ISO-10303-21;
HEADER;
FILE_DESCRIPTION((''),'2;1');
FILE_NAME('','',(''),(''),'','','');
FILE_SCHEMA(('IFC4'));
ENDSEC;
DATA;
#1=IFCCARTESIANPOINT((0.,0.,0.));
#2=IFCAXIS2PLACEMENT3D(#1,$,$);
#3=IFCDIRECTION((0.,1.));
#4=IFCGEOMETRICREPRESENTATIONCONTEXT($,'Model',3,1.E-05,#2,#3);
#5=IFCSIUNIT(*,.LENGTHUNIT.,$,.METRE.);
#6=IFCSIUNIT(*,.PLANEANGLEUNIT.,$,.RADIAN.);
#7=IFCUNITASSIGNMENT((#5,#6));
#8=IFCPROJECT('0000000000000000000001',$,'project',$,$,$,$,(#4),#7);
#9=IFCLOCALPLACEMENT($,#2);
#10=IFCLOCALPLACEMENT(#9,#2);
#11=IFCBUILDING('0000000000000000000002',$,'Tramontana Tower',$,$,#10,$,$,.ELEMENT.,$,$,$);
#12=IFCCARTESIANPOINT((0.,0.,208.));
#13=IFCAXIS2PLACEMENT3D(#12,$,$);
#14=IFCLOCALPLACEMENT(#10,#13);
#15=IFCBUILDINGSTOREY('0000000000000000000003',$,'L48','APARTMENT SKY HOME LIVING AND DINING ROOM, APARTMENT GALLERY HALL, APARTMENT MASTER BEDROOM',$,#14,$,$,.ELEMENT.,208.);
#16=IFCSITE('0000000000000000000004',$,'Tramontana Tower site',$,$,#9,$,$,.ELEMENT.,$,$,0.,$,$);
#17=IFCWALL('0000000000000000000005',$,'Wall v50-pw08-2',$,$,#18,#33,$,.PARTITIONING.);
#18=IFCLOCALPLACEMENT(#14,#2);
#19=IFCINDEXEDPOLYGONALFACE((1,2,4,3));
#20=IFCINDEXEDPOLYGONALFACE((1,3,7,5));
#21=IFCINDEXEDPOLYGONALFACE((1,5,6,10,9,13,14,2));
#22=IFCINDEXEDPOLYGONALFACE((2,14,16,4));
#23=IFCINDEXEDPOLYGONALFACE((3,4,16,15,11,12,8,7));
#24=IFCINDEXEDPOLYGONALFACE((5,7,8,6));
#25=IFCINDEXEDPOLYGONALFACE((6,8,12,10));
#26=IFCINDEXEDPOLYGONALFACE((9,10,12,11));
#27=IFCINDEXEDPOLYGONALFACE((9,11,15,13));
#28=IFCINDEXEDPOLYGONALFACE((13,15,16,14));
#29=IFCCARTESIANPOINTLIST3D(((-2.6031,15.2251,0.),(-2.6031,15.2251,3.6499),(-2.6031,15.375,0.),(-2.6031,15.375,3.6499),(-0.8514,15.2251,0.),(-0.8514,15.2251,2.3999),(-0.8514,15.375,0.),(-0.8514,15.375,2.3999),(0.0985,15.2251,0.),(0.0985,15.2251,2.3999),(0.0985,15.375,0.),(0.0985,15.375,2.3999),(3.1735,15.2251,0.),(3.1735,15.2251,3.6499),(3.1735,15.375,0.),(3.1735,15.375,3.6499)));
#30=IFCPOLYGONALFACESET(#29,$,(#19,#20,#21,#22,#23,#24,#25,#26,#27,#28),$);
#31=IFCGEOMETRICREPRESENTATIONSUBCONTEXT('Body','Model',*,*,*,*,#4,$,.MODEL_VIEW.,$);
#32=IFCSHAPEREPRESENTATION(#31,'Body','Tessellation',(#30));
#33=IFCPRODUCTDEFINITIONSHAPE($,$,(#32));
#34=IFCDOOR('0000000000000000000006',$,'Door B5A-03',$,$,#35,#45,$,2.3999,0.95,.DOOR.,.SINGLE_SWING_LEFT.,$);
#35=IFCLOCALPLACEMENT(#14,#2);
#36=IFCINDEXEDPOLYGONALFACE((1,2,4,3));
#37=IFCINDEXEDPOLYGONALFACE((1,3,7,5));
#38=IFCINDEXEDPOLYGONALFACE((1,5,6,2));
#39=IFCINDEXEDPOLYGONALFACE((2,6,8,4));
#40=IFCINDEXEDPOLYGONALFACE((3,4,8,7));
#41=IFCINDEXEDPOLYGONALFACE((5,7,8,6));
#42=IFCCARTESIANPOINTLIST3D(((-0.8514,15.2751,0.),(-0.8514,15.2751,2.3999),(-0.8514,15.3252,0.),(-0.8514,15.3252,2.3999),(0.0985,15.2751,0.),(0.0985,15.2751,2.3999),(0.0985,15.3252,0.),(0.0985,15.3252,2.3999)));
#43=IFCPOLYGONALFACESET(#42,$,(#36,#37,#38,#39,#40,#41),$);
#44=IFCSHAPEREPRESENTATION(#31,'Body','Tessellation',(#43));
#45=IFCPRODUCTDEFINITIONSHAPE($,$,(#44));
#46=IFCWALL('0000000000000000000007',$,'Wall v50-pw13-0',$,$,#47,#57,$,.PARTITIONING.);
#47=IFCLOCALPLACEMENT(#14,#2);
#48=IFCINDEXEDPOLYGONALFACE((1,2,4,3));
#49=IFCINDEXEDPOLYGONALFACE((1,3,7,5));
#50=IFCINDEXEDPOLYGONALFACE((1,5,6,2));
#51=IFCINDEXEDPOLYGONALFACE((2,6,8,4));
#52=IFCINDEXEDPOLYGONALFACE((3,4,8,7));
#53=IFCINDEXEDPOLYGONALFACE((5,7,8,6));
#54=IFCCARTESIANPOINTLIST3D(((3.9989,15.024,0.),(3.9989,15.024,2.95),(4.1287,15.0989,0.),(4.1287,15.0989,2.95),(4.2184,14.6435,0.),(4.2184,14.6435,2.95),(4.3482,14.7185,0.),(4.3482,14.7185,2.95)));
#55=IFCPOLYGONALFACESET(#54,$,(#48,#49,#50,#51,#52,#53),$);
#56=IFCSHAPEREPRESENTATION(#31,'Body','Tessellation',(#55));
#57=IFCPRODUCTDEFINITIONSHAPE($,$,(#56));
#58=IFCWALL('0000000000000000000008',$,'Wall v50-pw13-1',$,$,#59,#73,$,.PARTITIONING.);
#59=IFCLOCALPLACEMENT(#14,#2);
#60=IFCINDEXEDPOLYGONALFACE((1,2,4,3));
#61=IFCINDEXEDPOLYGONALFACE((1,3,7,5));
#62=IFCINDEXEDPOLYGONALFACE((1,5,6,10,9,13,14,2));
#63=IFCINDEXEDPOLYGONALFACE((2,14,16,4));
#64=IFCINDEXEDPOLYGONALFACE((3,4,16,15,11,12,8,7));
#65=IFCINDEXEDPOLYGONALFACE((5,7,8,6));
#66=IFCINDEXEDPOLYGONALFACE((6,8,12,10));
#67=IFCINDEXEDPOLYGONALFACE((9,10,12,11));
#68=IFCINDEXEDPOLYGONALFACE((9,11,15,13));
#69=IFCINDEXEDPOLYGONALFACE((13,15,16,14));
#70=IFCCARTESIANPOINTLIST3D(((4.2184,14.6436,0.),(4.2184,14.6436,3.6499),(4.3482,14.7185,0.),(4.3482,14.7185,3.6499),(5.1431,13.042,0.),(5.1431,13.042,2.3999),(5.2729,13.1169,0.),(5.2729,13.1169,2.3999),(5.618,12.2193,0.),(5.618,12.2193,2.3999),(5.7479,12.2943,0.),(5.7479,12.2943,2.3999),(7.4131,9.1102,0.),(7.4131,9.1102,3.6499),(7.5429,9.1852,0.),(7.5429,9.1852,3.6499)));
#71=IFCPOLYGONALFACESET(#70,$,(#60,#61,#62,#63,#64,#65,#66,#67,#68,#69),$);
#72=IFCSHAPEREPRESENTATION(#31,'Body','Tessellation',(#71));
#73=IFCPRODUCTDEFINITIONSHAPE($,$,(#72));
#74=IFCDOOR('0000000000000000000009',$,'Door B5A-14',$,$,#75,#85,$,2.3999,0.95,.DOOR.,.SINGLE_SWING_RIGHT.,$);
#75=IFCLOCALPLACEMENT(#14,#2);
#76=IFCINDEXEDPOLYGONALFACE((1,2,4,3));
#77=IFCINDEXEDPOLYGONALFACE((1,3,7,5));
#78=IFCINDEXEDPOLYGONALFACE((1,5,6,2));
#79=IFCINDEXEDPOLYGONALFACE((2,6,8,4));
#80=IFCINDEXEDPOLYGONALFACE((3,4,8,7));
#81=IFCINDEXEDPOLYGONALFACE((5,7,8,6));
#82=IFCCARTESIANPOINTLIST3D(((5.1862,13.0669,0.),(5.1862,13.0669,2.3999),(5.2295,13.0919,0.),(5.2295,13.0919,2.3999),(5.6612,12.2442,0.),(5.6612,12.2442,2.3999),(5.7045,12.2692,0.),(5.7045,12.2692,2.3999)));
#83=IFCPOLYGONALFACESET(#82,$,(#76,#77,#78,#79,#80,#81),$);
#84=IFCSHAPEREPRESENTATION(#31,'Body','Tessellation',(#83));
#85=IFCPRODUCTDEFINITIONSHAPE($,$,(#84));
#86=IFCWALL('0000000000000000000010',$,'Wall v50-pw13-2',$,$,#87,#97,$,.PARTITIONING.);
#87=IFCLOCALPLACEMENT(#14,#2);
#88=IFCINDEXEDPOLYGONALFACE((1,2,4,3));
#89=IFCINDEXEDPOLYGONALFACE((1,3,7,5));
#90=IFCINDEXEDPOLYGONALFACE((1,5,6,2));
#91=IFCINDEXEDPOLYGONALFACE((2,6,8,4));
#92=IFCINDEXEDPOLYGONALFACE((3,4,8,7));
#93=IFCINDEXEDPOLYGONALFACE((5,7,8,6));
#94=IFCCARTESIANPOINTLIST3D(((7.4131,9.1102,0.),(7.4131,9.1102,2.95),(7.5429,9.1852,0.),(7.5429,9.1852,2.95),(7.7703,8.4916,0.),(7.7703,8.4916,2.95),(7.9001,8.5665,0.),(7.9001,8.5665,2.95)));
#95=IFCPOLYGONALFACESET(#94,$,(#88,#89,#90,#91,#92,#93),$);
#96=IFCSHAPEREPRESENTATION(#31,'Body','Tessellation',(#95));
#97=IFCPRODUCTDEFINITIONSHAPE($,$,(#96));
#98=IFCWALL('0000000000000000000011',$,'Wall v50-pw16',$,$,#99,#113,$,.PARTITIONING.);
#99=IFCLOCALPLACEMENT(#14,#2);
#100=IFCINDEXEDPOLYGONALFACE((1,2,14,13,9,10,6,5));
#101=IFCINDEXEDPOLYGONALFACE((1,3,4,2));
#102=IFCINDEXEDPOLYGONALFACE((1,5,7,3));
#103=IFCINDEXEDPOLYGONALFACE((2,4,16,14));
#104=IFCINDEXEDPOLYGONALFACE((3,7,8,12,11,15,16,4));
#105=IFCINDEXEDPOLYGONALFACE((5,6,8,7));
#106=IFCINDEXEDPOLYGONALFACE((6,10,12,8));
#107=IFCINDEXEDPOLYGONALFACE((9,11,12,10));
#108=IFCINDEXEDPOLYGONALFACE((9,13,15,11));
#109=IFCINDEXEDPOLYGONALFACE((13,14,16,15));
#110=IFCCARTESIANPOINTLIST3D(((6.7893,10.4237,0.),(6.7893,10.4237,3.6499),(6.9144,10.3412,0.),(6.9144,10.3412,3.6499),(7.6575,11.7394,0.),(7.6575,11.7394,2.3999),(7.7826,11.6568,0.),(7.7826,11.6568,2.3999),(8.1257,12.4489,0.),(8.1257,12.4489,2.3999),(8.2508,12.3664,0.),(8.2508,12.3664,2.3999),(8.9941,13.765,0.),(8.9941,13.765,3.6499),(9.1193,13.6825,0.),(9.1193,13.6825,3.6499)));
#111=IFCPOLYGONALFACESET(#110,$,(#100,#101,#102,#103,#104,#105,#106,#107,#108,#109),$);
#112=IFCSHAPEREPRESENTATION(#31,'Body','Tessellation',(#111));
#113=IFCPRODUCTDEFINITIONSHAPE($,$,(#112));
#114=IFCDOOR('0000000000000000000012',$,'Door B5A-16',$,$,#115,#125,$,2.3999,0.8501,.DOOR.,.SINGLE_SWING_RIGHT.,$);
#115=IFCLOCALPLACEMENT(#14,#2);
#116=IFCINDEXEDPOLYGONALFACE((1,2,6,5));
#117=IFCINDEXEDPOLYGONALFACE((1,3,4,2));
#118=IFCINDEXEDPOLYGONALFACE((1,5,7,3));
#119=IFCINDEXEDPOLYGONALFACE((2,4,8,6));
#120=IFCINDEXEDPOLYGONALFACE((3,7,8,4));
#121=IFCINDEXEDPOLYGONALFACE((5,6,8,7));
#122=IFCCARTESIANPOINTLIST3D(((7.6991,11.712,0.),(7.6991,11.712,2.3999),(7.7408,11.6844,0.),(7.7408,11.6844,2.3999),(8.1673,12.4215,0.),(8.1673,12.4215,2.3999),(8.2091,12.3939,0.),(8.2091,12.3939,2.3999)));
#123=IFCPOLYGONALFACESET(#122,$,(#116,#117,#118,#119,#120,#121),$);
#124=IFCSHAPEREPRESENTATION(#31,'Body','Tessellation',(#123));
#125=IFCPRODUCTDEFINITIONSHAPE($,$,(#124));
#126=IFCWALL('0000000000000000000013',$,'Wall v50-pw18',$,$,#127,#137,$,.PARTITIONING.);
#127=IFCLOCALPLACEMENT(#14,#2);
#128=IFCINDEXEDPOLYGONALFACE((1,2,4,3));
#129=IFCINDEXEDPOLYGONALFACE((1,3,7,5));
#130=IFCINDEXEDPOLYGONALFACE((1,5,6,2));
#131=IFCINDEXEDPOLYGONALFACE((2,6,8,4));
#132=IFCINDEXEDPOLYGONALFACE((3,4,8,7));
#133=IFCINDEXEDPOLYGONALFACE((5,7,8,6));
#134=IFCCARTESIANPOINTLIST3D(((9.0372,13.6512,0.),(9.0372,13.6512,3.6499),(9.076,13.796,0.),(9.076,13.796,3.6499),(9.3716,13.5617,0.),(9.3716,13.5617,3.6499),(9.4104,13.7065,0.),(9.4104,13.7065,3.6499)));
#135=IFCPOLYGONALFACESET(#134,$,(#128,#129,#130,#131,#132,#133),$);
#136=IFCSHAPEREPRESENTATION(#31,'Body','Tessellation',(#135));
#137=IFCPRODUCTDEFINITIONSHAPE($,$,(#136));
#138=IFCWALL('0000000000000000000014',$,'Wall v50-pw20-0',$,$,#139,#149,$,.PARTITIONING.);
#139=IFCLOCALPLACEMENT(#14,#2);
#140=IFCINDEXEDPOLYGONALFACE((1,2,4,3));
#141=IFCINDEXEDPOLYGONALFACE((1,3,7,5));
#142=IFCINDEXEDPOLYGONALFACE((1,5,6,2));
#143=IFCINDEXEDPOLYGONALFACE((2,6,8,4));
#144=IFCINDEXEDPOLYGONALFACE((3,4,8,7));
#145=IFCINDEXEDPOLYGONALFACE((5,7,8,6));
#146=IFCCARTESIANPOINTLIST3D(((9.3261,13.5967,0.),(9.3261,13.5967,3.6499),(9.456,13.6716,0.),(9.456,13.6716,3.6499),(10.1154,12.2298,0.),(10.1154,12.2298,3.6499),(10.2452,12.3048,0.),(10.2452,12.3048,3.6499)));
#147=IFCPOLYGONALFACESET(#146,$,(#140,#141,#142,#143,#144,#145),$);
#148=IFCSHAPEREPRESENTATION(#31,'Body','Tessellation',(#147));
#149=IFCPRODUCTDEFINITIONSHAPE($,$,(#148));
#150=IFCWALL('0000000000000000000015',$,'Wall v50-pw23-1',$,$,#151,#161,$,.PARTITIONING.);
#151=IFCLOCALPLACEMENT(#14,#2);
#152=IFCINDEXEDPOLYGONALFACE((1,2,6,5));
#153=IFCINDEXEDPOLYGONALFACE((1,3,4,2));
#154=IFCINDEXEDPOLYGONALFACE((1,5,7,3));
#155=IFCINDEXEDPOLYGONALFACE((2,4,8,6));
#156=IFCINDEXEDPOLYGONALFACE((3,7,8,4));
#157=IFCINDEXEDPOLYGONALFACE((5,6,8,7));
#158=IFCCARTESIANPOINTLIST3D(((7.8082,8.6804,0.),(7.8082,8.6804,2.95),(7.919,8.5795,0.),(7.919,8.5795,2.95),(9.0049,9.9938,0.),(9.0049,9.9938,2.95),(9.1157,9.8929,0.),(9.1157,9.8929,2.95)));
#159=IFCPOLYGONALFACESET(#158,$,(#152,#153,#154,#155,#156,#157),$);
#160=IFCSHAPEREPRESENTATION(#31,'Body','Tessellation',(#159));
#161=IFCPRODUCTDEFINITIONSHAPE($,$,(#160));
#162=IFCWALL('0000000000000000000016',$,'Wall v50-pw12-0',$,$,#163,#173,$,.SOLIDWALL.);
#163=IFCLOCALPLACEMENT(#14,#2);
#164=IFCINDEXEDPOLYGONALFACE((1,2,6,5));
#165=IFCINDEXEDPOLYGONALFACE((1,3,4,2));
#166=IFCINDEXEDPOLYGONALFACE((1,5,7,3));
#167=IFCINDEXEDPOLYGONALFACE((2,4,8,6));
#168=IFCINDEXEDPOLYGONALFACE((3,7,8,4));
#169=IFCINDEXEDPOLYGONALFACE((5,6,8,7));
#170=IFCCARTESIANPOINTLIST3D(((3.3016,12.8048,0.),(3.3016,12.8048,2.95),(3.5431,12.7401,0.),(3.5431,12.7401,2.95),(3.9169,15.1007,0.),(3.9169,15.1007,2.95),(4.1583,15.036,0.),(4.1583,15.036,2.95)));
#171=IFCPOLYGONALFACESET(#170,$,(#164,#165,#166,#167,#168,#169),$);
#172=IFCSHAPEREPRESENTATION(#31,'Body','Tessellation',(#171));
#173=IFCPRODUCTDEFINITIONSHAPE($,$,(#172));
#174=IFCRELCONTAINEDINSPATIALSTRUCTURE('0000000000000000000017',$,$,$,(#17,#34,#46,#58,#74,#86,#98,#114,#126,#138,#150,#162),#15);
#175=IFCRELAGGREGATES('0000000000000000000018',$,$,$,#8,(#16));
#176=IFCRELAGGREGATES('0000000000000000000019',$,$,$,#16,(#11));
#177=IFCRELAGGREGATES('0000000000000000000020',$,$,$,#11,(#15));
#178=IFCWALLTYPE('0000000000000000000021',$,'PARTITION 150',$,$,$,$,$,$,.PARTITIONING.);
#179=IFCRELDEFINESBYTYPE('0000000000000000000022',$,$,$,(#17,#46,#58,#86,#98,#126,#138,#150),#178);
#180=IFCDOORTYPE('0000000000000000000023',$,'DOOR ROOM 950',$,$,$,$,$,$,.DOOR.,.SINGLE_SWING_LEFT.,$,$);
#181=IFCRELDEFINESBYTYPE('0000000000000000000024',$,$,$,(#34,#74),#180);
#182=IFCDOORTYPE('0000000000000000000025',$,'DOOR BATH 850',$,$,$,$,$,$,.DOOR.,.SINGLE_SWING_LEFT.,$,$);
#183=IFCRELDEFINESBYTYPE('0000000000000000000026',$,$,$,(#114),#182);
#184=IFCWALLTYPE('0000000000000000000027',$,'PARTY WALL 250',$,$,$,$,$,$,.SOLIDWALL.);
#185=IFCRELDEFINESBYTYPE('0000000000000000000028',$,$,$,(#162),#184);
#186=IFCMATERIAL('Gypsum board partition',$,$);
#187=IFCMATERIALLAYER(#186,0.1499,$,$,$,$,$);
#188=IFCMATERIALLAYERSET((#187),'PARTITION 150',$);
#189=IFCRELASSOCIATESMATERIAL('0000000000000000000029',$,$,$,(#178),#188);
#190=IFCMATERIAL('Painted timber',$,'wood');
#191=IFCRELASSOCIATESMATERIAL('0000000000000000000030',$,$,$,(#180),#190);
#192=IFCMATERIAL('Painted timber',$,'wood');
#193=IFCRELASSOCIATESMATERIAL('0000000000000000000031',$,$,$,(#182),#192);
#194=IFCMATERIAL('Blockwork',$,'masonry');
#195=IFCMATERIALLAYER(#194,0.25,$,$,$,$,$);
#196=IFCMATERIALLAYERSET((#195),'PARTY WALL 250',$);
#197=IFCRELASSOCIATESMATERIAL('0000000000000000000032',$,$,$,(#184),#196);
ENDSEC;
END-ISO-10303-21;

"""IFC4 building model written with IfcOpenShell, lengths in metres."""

from ifc_helpers import new_model, si_unit, direction, frame, frame_2d, origin, place, context, subcontext, project, spatial, rectangle, extrude, material, layer, layer_set, type_object, element, fill, save


model = new_model("IFC4")

# Units and contexts
model_context = context("Model", 3, precision=1e-05, world=origin(), true_north=direction((0.0, 1.0)))
body_context = subcontext(model_context, "Body", "Model", "MODEL_VIEW")
ifc_project = project(units=[si_unit("LENGTHUNIT", "METRE"), si_unit("PLANEANGLEUNIT", "RADIAN")], contexts=[model_context])

# Site, building, storey
site_placement = place(None, origin())
site = spatial("IfcSite", under=ifc_project, at=site_placement, Name="Tramontana Tower site", CompositionType="ELEMENT", RefElevation=0.0)
building_placement = place(site_placement, origin())
building = spatial("IfcBuilding", under=site, at=building_placement, Name="Tramontana Tower", CompositionType="ELEMENT")
storey_placement = place(building_placement, frame((0.0, 0.0, 208.0)))
storey = spatial("IfcBuildingStorey", under=building, at=storey_placement, Name="L48", Description="APARTMENT SKY HOME LIVING AND DINING ROOM, APARTMENT GALLERY HALL, APARTMENT MASTER BEDROOM", CompositionType="ELEMENT", Elevation=208.0)

# Wall, opening, door
ifc_material_1 = material(Name="Gypsum board partition")
ifc_layer_1 = layer(ifc_material_1, 0.1499)
ifc_layer_set_1 = layer_set([ifc_layer_1], Name="PARTITION 150")
wall_type_1 = type_object("IfcWallType", Name="PARTITION 150", PredefinedType="PARTITIONING", material=ifc_layer_set_1)
wall_1_placement = place(storey_placement, frame((3.1733, 15.3, 0.0), z_axis=(0.0, 0.0, 1.0), x_axis=(-1.0, 0.0, 0.0)))
wall_1 = element("IfcWall", 1, at=wall_1_placement, inside=storey, type_object=wall_type_1, Name="Wall v50-pw08-2", PredefinedType="PARTITIONING", context=body_context, shape_type="SweptSolid", body=[
    extrude(rectangle(XDim=5.7766, YDim=0.1499, at=frame_2d((2.8882, 0.0))), origin(), (0.0, 0.0, 1.0), 3.6499),
])
opening_1_placement = place(wall_1_placement, frame((3.0747, 0.0, 0.0)))
opening_1 = element("IfcOpeningElement", 2, at=opening_1_placement, cuts=wall_1, PredefinedType="OPENING", context=body_context, shape_type="SweptSolid", body=[
    extrude(rectangle(XDim=0.95, YDim=2.3999, at=frame_2d((0.4751, 1.2))), frame((0.0, 0.085, 0.0), z_axis=(0.0, -1.0, 0.0), x_axis=(1.0, 0.0, 0.0)), (0.0, 0.0, 1.0), 0.1699),
])
ifc_material_2 = material(Name="Painted timber", Category="wood")
door_type_1 = type_object("IfcDoorType", Name="DOOR ROOM 950", OperationType="SINGLE_SWING_LEFT", PredefinedType="DOOR", material=ifc_material_2)
door_1_placement = place(opening_1_placement, origin())
door_1 = element("IfcDoor", 3, at=door_1_placement, inside=storey, type_object=door_type_1, Name="Door B5A-03", OperationType="SINGLE_SWING_LEFT", OverallHeight=2.3999, OverallWidth=0.95, PredefinedType="DOOR", context=body_context, shape_type="SweptSolid", body=[
    extrude(rectangle(XDim=0.95, YDim=2.3999, at=frame_2d((0.4751, 1.2))), frame((0.0, 0.0249, 0.0), z_axis=(0.0, -1.0, 0.0), x_axis=(1.0, 0.0, 0.0)), (0.0, 0.0, 1.0), 0.05),
])
fill(opening_1, door_1)

# Wall
wall_2_placement = place(storey_placement, frame((4.0637, 15.0615, 0.0), z_axis=(0.0, 0.0, 1.0), x_axis=(0.499787, -0.866149, 0.0)))
element("IfcWall", 4, at=wall_2_placement, inside=storey, type_object=wall_type_1, Name="Wall v50-pw13-0", PredefinedType="PARTITIONING", context=body_context, shape_type="SweptSolid", body=[
    extrude(rectangle(XDim=0.4392, YDim=0.1499, at=frame_2d((0.2197, 0.0))), origin(), (0.0, 0.0, 1.0), 2.95),
])

# Wall, opening, door
wall_3_placement = place(storey_placement, frame((4.2832, 14.6812, 0.0), z_axis=(0.0, 0.0, 1.0), x_axis=(0.50001, -0.86602, 0.0)))
wall_3 = element("IfcWall", 5, at=wall_3_placement, inside=storey, type_object=wall_type_1, Name="Wall v50-pw13-1", PredefinedType="PARTITIONING", context=body_context, shape_type="SweptSolid", body=[
    extrude(rectangle(XDim=6.3894, YDim=0.1499, at=frame_2d((3.1948, 0.0))), origin(), (0.0, 0.0, 1.0), 3.6499),
])
opening_2_placement = place(wall_3_placement, frame((1.8494, 0.0, 0.0)))
opening_2 = element("IfcOpeningElement", 6, at=opening_2_placement, cuts=wall_3, PredefinedType="OPENING", context=body_context, shape_type="SweptSolid", body=[
    extrude(rectangle(XDim=0.95, YDim=2.3999, at=frame_2d((0.4751, 1.2))), frame((0.0, 0.085, 0.0), z_axis=(0.0, -1.0, 0.0), x_axis=(1.0, 0.0, 0.0)), (0.0, 0.0, 1.0), 0.1699),
])
door_2_placement = place(opening_2_placement, origin())
door_2 = element("IfcDoor", 7, at=door_2_placement, inside=storey, type_object=door_type_1, Name="Door B5A-14", OperationType="SINGLE_SWING_RIGHT", OverallHeight=2.3999, OverallWidth=0.95, PredefinedType="DOOR", context=body_context, shape_type="SweptSolid", body=[
    extrude(rectangle(XDim=0.95, YDim=2.3999, at=frame_2d((0.4751, 1.2))), frame((0.0, 0.0249, 0.0), z_axis=(0.0, -1.0, 0.0), x_axis=(1.0, 0.0, 0.0)), (0.0, 0.0, 1.0), 0.05),
])
fill(opening_2, door_2)

# Wall
wall_4_placement = place(storey_placement, frame((7.478, 9.1477, 0.0), z_axis=(0.0, 0.0, 1.0), x_axis=(0.499999, -0.866026, 0.0)))
element("IfcWall", 8, at=wall_4_placement, inside=storey, type_object=wall_type_1, Name="Wall v50-pw13-2", PredefinedType="PARTITIONING", context=body_context, shape_type="SweptSolid", body=[
    extrude(rectangle(XDim=0.7144, YDim=0.1499, at=frame_2d((0.3572, 0.0))), origin(), (0.0, 0.0, 1.0), 2.95),
])

# Wall, opening, door
wall_5_placement = place(storey_placement, frame((9.0566, 13.7236, 0.0), z_axis=(0.0, 0.0, 1.0), x_axis=(-0.550767, -0.834659, 0.0)))
wall_5 = element("IfcWall", 9, at=wall_5_placement, inside=storey, type_object=wall_type_1, Name="Wall v50-pw16", PredefinedType="PARTITIONING", context=body_context, shape_type="SweptSolid", body=[
    extrude(rectangle(XDim=4.0032, YDim=0.1499, at=frame_2d((2.0015, 0.0))), origin(), (0.0, 0.0, 1.0), 3.6499),
])
opening_3_placement = place(wall_5_placement, frame((1.5767, 0.0, 0.0)))
opening_3 = element("IfcOpeningElement", 10, at=opening_3_placement, cuts=wall_5, PredefinedType="OPENING", context=body_context, shape_type="SweptSolid", body=[
    extrude(rectangle(XDim=0.8501, YDim=2.3999, at=frame_2d((0.425, 1.2))), frame((0.0, 0.085, 0.0), z_axis=(0.0, -1.0, 0.0), x_axis=(1.0, 0.0, 0.0)), (0.0, 0.0, 1.0), 0.1699),
])
ifc_material_3 = material(Name="Painted timber", Category="wood")
door_type_2 = type_object("IfcDoorType", Name="DOOR BATH 850", OperationType="SINGLE_SWING_LEFT", PredefinedType="DOOR", material=ifc_material_3)
door_3_placement = place(opening_3_placement, origin())
door_3 = element("IfcDoor", 11, at=door_3_placement, inside=storey, type_object=door_type_2, Name="Door B5A-16", OperationType="SINGLE_SWING_RIGHT", OverallHeight=2.3999, OverallWidth=0.8501, PredefinedType="DOOR", context=body_context, shape_type="SweptSolid", body=[
    extrude(rectangle(XDim=0.8501, YDim=2.3999, at=frame_2d((0.425, 1.2))), frame((0.0, 0.0249, 0.0), z_axis=(0.0, -1.0, 0.0), x_axis=(1.0, 0.0, 0.0)), (0.0, 0.0, 1.0), 0.05),
])
fill(opening_3, door_3)

# Walls
wall_6_placement = place(storey_placement, frame((9.0566, 13.7236, 0.0), z_axis=(0.0, 0.0, 1.0), x_axis=(0.965942, -0.25876, 0.0)))
element("IfcWall", 12, at=wall_6_placement, inside=storey, type_object=wall_type_1, Name="Wall v50-pw18", PredefinedType="PARTITIONING", context=body_context, shape_type="SweptSolid", body=[
    extrude(rectangle(XDim=0.3462, YDim=0.1499, at=frame_2d((0.1731, 0.0))), origin(), (0.0, 0.0, 1.0), 3.6499),
])
wall_7_placement = place(storey_placement, frame((9.3911, 13.634, 0.0), z_axis=(0.0, 0.0, 1.0), x_axis=(0.500048, -0.865998, 0.0)))
element("IfcWall", 13, at=wall_7_placement, inside=storey, type_object=wall_type_1, Name="Wall v50-pw20-0", PredefinedType="PARTITIONING", context=body_context, shape_type="SweptSolid", body=[
    extrude(rectangle(XDim=1.5784, YDim=0.1499, at=frame_2d((0.7891, 0.0))), origin(), (0.0, 0.0, 1.0), 3.6499),
])

# Walls
wall_8_placement = place(storey_placement, frame((9.0603, 9.9434, 0.0), z_axis=(0.0, 0.0, 1.0), x_axis=(-0.673507, -0.739181, 0.0)))
element("IfcWall", 14, at=wall_8_placement, inside=storey, type_object=wall_type_1, Name="Wall v50-pw23-1", PredefinedType="PARTITIONING", context=body_context, shape_type="SweptSolid", body=[
    extrude(rectangle(XDim=1.7769, YDim=0.1499, at=frame_2d((0.8884, 0.0))), origin(), (0.0, 0.0, 1.0), 2.95),
])
ifc_material_4 = material(Name="Blockwork", Category="masonry")
ifc_layer_2 = layer(ifc_material_4, 0.25)
ifc_layer_set_2 = layer_set([ifc_layer_2], Name="PARTY WALL 250")
wall_type_2 = type_object("IfcWallType", Name="PARTY WALL 250", PredefinedType="SOLIDWALL", material=ifc_layer_set_2)
wall_9_placement = place(storey_placement, frame((4.0376, 15.0684, 0.0), z_axis=(0.0, 0.0, 1.0), x_axis=(-0.258839, -0.965921, 0.0)))
element("IfcWall", 15, at=wall_9_placement, inside=storey, type_object=wall_type_2, Name="Wall v50-pw12-0", PredefinedType="SOLIDWALL", context=body_context, shape_type="SweptSolid", body=[
    extrude(rectangle(XDim=2.377, YDim=0.25, at=frame_2d((1.1885, 0.0))), origin(), (0.0, 0.0, 1.0), 2.95),
])

save(model, "model.ifc")
